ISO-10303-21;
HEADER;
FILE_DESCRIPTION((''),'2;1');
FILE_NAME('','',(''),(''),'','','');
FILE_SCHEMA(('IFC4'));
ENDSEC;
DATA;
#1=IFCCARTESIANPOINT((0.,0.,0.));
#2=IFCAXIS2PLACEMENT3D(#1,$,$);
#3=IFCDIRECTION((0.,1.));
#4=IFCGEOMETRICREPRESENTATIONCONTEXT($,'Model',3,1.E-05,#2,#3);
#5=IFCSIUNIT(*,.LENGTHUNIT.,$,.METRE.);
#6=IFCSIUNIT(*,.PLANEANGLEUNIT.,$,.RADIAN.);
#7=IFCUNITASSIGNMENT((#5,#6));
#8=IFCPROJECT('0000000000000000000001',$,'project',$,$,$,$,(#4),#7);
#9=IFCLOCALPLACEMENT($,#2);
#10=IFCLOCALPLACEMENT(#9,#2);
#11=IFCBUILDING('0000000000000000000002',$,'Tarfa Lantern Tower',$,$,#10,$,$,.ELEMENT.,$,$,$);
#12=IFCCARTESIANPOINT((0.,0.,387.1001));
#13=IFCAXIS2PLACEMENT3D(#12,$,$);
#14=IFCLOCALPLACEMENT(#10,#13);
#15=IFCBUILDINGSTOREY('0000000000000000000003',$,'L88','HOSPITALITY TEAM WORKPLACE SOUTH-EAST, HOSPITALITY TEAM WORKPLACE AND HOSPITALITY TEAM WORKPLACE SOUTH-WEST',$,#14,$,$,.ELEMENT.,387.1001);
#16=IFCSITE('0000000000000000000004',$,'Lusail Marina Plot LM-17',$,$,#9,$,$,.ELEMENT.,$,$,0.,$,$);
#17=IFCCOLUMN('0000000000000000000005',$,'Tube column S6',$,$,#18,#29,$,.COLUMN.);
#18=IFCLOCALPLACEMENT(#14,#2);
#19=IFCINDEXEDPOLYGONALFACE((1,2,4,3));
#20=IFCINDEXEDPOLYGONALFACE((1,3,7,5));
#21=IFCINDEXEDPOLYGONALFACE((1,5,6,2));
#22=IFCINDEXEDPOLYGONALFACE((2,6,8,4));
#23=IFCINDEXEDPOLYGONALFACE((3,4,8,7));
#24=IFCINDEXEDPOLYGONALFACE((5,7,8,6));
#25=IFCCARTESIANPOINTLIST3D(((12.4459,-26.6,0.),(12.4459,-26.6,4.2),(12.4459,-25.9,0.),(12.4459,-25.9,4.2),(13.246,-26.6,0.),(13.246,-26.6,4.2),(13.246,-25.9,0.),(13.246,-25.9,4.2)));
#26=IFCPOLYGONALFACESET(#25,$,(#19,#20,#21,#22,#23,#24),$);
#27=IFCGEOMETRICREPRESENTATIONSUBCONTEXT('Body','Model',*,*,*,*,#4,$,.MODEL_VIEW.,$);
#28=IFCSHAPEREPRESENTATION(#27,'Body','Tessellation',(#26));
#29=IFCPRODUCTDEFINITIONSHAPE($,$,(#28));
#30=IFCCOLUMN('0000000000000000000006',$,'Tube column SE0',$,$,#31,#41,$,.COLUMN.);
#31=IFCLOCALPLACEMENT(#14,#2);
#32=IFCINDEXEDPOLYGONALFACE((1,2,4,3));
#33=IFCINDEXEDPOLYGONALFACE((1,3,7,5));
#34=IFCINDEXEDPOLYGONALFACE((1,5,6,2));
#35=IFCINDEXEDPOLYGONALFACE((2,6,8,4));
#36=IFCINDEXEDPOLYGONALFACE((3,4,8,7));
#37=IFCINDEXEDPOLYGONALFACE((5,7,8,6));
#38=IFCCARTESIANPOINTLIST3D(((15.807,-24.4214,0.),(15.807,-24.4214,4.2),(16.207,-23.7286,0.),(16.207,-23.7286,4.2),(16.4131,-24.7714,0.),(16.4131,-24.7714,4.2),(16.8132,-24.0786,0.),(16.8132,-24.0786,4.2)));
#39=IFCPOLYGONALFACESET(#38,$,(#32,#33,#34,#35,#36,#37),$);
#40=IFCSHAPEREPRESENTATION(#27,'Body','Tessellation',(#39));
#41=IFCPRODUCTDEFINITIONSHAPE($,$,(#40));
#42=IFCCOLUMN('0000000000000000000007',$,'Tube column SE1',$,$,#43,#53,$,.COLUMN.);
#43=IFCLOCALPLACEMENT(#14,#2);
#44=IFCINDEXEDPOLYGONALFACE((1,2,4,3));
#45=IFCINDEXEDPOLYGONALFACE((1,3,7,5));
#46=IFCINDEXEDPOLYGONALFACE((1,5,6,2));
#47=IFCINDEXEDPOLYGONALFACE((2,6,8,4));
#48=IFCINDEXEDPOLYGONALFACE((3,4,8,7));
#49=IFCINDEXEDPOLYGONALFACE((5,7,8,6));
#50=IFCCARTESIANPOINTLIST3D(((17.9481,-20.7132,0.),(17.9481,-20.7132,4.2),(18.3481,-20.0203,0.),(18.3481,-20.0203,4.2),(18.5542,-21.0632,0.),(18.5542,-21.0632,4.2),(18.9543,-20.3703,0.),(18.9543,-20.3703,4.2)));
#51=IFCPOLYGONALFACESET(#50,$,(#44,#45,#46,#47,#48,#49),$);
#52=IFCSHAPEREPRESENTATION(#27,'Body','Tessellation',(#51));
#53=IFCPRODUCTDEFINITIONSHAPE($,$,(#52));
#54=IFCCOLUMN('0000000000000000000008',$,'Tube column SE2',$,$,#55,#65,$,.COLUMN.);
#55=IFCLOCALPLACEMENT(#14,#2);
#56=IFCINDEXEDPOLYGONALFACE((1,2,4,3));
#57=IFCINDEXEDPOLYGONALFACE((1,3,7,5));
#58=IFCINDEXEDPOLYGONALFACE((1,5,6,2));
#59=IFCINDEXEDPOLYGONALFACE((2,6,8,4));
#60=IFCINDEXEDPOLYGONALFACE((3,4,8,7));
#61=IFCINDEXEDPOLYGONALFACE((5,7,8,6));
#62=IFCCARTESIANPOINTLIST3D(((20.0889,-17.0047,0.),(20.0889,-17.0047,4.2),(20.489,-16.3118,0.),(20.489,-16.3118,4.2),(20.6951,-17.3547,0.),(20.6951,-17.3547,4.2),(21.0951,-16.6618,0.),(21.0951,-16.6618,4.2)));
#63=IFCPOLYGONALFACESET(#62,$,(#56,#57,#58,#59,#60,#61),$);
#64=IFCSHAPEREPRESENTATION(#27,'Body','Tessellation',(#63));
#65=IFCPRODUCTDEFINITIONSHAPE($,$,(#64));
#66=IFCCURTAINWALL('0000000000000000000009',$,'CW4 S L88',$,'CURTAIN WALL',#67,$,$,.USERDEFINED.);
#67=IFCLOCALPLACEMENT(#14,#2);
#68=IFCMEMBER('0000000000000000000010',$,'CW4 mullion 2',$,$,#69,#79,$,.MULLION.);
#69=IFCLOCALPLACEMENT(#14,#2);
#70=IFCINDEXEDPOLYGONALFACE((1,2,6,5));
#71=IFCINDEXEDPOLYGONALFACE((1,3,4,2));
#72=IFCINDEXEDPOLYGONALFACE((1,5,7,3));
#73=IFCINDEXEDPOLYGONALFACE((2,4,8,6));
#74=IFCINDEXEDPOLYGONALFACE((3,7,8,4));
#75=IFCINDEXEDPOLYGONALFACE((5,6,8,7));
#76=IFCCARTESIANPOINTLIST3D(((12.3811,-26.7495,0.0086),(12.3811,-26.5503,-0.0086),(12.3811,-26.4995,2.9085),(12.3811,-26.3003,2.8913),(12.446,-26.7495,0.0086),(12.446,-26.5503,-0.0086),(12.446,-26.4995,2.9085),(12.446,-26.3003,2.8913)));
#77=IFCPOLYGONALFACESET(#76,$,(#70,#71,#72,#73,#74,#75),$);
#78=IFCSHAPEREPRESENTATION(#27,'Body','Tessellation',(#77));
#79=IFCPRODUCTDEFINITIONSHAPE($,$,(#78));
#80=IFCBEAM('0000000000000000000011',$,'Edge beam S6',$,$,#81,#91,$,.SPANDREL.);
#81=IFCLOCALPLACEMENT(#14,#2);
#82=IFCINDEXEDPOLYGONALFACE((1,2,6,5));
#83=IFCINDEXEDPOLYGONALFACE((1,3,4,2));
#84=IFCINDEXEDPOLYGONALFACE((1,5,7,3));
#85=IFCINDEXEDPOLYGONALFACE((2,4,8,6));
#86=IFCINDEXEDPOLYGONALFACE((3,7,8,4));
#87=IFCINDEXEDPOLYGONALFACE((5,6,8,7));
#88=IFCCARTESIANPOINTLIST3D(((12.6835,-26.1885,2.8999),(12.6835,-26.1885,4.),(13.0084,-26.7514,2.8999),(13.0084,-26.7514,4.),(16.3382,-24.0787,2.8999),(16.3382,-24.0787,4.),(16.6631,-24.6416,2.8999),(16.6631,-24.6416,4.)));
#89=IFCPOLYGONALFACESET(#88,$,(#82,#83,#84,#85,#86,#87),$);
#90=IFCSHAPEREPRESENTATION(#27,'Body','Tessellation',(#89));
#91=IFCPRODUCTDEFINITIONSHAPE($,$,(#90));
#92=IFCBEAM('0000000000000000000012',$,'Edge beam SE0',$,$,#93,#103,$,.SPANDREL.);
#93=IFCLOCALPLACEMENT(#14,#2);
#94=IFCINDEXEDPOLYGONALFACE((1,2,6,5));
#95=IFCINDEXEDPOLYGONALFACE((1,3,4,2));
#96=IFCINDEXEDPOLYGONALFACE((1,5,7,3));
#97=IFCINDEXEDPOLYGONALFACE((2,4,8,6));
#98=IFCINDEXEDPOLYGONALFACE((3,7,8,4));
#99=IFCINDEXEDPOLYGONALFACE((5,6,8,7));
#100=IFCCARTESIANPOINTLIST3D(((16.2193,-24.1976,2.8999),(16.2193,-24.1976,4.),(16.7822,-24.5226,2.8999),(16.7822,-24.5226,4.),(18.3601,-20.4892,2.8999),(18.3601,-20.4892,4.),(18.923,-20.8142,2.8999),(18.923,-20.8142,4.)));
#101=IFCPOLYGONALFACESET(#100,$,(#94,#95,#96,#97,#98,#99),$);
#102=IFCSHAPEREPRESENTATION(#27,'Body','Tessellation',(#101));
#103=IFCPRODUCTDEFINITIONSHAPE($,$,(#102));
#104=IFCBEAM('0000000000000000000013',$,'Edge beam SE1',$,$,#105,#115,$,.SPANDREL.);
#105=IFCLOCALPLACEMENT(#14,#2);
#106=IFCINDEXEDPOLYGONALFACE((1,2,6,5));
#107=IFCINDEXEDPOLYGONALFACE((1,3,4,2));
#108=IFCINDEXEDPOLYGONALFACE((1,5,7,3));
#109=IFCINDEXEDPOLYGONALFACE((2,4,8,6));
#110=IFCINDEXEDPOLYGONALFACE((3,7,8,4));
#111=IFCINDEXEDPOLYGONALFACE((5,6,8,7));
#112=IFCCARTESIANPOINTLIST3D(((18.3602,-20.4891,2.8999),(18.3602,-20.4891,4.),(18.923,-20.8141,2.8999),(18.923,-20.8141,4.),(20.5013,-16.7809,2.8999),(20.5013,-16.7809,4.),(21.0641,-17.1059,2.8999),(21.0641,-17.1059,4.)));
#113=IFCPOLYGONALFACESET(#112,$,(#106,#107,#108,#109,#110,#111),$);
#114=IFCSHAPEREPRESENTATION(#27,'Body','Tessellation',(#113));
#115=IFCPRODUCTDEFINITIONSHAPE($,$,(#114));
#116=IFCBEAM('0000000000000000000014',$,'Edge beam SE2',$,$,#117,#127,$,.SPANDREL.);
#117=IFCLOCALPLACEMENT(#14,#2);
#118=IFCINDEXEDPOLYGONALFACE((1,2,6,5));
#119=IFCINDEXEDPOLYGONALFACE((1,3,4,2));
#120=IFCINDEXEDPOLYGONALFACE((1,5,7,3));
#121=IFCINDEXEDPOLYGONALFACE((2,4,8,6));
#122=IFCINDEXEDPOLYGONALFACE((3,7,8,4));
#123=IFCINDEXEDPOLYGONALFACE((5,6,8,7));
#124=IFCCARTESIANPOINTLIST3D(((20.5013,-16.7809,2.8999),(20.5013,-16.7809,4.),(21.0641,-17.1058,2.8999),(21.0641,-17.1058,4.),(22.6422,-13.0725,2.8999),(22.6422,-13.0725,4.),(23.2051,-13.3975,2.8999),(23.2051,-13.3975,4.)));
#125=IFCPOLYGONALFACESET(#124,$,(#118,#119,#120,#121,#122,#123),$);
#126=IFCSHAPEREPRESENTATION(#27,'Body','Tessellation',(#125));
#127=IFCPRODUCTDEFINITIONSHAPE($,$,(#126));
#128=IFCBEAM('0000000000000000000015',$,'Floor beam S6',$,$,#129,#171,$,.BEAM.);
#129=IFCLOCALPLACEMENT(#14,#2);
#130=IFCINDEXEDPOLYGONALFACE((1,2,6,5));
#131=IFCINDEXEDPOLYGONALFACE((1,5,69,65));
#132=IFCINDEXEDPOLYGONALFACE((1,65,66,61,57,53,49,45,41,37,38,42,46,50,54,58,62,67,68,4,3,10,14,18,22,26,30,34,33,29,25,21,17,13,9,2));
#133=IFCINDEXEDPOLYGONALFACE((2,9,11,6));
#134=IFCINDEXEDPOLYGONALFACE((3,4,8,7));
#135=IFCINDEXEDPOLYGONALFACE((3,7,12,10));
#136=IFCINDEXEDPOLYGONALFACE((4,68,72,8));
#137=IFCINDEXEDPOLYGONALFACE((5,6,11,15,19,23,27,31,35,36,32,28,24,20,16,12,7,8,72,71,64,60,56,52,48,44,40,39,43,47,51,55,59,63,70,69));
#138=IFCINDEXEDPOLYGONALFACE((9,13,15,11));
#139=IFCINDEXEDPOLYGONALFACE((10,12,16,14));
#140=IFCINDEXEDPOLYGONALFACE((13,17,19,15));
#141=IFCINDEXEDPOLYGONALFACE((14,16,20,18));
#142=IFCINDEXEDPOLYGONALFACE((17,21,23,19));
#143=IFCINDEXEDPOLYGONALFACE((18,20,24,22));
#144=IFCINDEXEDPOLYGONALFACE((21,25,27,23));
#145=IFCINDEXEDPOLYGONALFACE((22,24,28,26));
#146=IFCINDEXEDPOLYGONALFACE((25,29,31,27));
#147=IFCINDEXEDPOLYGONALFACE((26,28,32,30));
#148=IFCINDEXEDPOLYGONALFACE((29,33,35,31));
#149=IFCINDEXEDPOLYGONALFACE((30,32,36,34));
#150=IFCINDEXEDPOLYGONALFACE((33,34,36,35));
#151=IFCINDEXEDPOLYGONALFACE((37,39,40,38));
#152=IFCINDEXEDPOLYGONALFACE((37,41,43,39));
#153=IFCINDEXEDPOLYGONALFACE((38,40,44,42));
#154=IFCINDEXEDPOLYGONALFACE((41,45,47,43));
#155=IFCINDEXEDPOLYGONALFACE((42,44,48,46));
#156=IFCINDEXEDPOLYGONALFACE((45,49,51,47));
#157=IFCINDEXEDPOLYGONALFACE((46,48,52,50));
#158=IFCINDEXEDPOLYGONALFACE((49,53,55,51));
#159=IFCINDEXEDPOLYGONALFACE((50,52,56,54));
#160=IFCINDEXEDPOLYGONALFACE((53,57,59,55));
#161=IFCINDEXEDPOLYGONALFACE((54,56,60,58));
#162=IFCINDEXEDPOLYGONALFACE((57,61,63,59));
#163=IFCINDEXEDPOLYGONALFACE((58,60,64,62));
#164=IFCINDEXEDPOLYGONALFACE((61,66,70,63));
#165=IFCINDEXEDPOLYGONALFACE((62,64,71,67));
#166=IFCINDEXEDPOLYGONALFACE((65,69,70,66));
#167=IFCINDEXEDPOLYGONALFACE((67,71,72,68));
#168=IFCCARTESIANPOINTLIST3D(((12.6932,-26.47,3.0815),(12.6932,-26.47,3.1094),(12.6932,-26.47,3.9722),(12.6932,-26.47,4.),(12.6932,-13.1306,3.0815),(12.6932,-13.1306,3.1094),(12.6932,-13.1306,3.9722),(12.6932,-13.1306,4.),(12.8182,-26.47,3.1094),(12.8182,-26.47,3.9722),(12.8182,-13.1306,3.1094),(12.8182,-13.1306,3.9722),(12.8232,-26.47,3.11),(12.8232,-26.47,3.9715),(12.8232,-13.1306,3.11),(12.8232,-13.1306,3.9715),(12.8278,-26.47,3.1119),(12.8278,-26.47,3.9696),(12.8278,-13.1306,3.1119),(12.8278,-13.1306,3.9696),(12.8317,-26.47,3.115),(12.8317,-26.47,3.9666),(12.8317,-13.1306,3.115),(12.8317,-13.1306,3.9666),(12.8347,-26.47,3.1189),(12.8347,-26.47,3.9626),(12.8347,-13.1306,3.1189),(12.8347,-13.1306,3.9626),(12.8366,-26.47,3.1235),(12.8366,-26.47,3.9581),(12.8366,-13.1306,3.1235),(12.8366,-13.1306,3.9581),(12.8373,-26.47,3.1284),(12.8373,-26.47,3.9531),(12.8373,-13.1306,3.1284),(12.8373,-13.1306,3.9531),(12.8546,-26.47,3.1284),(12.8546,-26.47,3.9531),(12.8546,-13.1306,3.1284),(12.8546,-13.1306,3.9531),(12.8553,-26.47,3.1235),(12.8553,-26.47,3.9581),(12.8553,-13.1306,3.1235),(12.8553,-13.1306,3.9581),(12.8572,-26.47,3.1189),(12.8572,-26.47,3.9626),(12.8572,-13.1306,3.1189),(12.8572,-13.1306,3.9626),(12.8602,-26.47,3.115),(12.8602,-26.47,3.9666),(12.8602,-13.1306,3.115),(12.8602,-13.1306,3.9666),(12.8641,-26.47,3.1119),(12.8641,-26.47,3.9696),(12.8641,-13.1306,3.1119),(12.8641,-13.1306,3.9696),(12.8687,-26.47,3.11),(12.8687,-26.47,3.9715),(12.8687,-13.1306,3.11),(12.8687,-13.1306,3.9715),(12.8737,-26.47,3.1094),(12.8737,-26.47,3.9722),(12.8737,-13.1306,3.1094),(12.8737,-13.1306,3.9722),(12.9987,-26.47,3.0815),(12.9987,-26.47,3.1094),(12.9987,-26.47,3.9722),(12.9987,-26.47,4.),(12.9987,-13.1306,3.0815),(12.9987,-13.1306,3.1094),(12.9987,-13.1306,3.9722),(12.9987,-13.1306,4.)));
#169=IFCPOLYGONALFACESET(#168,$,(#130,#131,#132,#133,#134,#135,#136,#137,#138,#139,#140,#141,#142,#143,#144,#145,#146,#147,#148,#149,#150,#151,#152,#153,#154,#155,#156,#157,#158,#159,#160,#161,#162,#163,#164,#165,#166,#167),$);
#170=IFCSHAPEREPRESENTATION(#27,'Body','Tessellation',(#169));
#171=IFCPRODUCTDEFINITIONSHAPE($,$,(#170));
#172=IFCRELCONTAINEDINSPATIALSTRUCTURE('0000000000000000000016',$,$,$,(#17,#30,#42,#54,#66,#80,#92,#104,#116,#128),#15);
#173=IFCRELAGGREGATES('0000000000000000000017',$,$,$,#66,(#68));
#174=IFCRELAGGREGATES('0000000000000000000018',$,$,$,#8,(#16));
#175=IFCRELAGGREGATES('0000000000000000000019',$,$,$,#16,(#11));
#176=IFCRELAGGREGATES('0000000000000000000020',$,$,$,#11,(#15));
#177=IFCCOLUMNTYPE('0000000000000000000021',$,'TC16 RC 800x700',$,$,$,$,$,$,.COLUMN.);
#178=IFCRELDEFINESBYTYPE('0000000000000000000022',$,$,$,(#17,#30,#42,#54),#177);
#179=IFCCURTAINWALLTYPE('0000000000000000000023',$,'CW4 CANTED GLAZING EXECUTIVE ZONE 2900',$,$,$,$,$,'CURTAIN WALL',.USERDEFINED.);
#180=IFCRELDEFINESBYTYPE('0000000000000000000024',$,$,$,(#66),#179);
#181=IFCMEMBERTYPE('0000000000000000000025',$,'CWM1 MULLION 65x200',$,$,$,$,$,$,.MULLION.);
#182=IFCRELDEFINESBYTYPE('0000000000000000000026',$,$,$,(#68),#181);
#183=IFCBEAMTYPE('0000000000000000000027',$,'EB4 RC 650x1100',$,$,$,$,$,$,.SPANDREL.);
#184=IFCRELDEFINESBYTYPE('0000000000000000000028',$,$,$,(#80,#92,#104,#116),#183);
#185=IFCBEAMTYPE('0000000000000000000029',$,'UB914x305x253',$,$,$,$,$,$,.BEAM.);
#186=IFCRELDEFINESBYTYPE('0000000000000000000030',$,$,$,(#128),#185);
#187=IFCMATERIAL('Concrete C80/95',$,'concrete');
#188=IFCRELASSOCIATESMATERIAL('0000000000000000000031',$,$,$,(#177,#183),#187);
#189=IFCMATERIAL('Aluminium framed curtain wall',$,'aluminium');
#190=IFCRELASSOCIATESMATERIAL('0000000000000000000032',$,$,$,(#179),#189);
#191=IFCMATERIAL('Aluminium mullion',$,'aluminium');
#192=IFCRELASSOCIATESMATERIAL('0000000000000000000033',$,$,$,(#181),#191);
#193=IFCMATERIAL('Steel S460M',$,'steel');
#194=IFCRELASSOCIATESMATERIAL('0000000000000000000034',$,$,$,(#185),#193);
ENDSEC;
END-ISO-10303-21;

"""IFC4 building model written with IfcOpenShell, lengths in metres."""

from ifc_helpers import new_model, si_unit, direction, frame, origin, origin_2d, place, context, subcontext, project, spatial, rectangle, i_section, extrude, material, material_profile, profile_set, type_object, element, aggregate, save


model = new_model("IFC4")

# Units and contexts
model_context = context("Model", 3, precision=1e-05, world=origin(), true_north=direction((0.0, 1.0)))
body_context = subcontext(model_context, "Body", "Model", "MODEL_VIEW")
ifc_project = project(units=[si_unit("LENGTHUNIT", "METRE"), si_unit("PLANEANGLEUNIT", "RADIAN")], contexts=[model_context])

# Site, building, storey
site_placement = place(None, origin())
site = spatial("IfcSite", under=ifc_project, at=site_placement, Name="Lusail Marina Plot LM-17", CompositionType="ELEMENT", RefElevation=0.0)
building_placement = place(site_placement, origin())
building = spatial("IfcBuilding", under=site, at=building_placement, Name="Tarfa Lantern Tower", CompositionType="ELEMENT")
storey_placement = place(building_placement, frame((0.0, 0.0, 387.1001)))
storey = spatial("IfcBuildingStorey", under=building, at=storey_placement, Name="L88", Description="HOSPITALITY TEAM WORKPLACE SOUTH-EAST, HOSPITALITY TEAM WORKPLACE AND HOSPITALITY TEAM WORKPLACE SOUTH-WEST", CompositionType="ELEMENT", Elevation=387.1001)

# Columns
ifc_material_1 = material(Name="Concrete C80/95", Category="concrete")
ifc_material_profile_1 = material_profile(ifc_material_1, rectangle(XDim=0.8, YDim=0.7, at=origin_2d()), Name="RC 800x700")
ifc_profile_set_1 = profile_set([ifc_material_profile_1], Name="Concrete C80/95")
column_type = type_object("IfcColumnType", Name="TC16 RC 800x700", PredefinedType="COLUMN", material=ifc_profile_set_1)
for number, where, z_axis, x_axis, name in (
    (1, (12.8459, -26.25, 0.0), (0.0, 0.0, 1.0), (1.0, 0.0, 0.0), "Tube column S6"),
    (2, (16.3101, -24.25, 0.0), (0.0, 0.0, 1.0), (0.5, 0.866025, 0.0), "Tube column SE0"),
    (3, (18.4512, -20.5417, 0.0), (0.0, 0.0, 1.0), (0.5, 0.866025, 0.0), "Tube column SE1"),
    (4, (20.592, -16.8333, 0.0), (0.0, 0.0, 1.0), (0.5, 0.866025, 0.0), "Tube column SE2"),
):
    element("IfcColumn", number, at=place(storey_placement, frame(where, z_axis=z_axis, x_axis=x_axis)), inside=storey, type_object=column_type, Name=name, PredefinedType="COLUMN", context=body_context, shape_type="SweptSolid", body=[
        extrude(rectangle(XDim=0.8, YDim=0.7, at=origin_2d()), origin(), (0.0, 0.0, 1.0), 4.2),
    ])

# Curtain wall, member
ifc_material_2 = material(Name="Aluminium framed curtain wall", Category="aluminium")
curtain_wall_type = type_object("IfcCurtainWallType", Name="CW4 CANTED GLAZING EXECUTIVE ZONE 2900", ElementType="CURTAIN WALL", PredefinedType="USERDEFINED", material=ifc_material_2)
curtain_wall_placement = place(storey_placement, origin())
curtain_wall = element("IfcCurtainWall", 5, at=curtain_wall_placement, inside=storey, type_object=curtain_wall_type, Name="CW4 S L88", ObjectType="CURTAIN WALL", PredefinedType="USERDEFINED")
ifc_material_3 = material(Name="Aluminium mullion", Category="aluminium")
ifc_material_profile_2 = material_profile(ifc_material_3, rectangle(XDim=0.0649, YDim=0.2, at=origin_2d()), Name="AL MULLION 65x200")
ifc_profile_set_2 = profile_set([ifc_material_profile_2], Name="Aluminium mullion")
member_type = type_object("IfcMemberType", Name="CWM1 MULLION 65x200", PredefinedType="MULLION", material=ifc_profile_set_2)
member_placement = place(storey_placement, frame((12.4136, -26.6499, 0.0), z_axis=(0.0, 0.085891, 0.996305), x_axis=(-1.0, 0.0, 0.0)))
member = element("IfcMember", 6, at=member_placement, type_object=member_type, Name="CW4 mullion 2", PredefinedType="MULLION", context=body_context, shape_type="SweptSolid", body=[
    extrude(rectangle(XDim=0.0649, YDim=0.2, at=origin_2d()), origin(), (0.0, 0.0, 1.0), 2.9106),
])
aggregate(curtain_wall, [member])

# Beams
ifc_material_profile_3 = material_profile(ifc_material_1, rectangle(XDim=0.6499, YDim=1.1001, at=origin_2d()), Name="RC 650x1100")
ifc_profile_set_3 = profile_set([ifc_material_profile_3], Name="Concrete C80/95")
beam_type_1 = type_object("IfcBeamType", Name="EB4 RC 650x1100", PredefinedType="SPANDREL", material=ifc_profile_set_3)
beam_1_placement = place(storey_placement, frame((12.8459, -26.47, 3.45), z_axis=(0.866049, 0.499959, 0.0), x_axis=(-0.499959, 0.866049, 0.0)))
element("IfcBeam", 7, at=beam_1_placement, inside=storey, type_object=beam_type_1, Name="Edge beam S6", PredefinedType="SPANDREL", context=body_context, shape_type="SweptSolid", body=[
    extrude(rectangle(XDim=0.6499, YDim=1.1001, at=origin_2d()), origin(), (0.0, 0.0, 1.0), 4.22),
])
for number, where, z_axis, x_axis, name in (
    (8, (16.5007, -24.3601, 3.45), (0.499959, 0.866049, 0.0), (-0.866049, 0.499959, 0.0), "Edge beam SE0"),
    (9, (18.6416, -20.6516, 3.45), (0.500027, 0.86601, 0.0), (-0.86601, 0.500027, 0.0), "Edge beam SE1"),
    (10, (20.7827, -16.9434, 3.45), (0.499984, 0.866035, 0.0), (-0.866035, 0.499984, 0.0), "Edge beam SE2"),
):
    element("IfcBeam", number, at=place(storey_placement, frame(where, z_axis=z_axis, x_axis=x_axis)), inside=storey, type_object=beam_type_1, Name=name, PredefinedType="SPANDREL", context=body_context, shape_type="SweptSolid", body=[
        extrude(rectangle(XDim=0.6499, YDim=1.1001, at=origin_2d()), origin(), (0.0, 0.0, 1.0), 4.282),
    ])
ifc_material_4 = material(Name="Steel S460M", Category="steel")
ifc_material_profile_4 = material_profile(ifc_material_4, i_section(OverallWidth=0.3054, OverallDepth=0.9185, WebThickness=0.0173, FlangeThickness=0.0278, FilletRadius=0.019, at=origin_2d()), Name="UB914x305x253")
ifc_profile_set_4 = profile_set([ifc_material_profile_4], Name="Steel S460M")
beam_type_2 = type_object("IfcBeamType", Name="UB914x305x253", PredefinedType="BEAM", material=ifc_profile_set_4)
beam_2_placement = place(storey_placement, frame((12.8459, -26.47, 3.5408), z_axis=(0.0, 1.0, 0.0), x_axis=(-1.0, 0.0, 0.0)))
element("IfcBeam", 11, at=beam_2_placement, inside=storey, type_object=beam_type_2, Name="Floor beam S6", PredefinedType="BEAM", context=body_context, shape_type="SweptSolid", body=[
    extrude(i_section(OverallWidth=0.3054, OverallDepth=0.9185, WebThickness=0.0173, FlangeThickness=0.0278, FilletRadius=0.019, at=origin_2d()), origin(), (0.0, 0.0, 1.0), 13.3394),
])

save(model, "model.ifc")
